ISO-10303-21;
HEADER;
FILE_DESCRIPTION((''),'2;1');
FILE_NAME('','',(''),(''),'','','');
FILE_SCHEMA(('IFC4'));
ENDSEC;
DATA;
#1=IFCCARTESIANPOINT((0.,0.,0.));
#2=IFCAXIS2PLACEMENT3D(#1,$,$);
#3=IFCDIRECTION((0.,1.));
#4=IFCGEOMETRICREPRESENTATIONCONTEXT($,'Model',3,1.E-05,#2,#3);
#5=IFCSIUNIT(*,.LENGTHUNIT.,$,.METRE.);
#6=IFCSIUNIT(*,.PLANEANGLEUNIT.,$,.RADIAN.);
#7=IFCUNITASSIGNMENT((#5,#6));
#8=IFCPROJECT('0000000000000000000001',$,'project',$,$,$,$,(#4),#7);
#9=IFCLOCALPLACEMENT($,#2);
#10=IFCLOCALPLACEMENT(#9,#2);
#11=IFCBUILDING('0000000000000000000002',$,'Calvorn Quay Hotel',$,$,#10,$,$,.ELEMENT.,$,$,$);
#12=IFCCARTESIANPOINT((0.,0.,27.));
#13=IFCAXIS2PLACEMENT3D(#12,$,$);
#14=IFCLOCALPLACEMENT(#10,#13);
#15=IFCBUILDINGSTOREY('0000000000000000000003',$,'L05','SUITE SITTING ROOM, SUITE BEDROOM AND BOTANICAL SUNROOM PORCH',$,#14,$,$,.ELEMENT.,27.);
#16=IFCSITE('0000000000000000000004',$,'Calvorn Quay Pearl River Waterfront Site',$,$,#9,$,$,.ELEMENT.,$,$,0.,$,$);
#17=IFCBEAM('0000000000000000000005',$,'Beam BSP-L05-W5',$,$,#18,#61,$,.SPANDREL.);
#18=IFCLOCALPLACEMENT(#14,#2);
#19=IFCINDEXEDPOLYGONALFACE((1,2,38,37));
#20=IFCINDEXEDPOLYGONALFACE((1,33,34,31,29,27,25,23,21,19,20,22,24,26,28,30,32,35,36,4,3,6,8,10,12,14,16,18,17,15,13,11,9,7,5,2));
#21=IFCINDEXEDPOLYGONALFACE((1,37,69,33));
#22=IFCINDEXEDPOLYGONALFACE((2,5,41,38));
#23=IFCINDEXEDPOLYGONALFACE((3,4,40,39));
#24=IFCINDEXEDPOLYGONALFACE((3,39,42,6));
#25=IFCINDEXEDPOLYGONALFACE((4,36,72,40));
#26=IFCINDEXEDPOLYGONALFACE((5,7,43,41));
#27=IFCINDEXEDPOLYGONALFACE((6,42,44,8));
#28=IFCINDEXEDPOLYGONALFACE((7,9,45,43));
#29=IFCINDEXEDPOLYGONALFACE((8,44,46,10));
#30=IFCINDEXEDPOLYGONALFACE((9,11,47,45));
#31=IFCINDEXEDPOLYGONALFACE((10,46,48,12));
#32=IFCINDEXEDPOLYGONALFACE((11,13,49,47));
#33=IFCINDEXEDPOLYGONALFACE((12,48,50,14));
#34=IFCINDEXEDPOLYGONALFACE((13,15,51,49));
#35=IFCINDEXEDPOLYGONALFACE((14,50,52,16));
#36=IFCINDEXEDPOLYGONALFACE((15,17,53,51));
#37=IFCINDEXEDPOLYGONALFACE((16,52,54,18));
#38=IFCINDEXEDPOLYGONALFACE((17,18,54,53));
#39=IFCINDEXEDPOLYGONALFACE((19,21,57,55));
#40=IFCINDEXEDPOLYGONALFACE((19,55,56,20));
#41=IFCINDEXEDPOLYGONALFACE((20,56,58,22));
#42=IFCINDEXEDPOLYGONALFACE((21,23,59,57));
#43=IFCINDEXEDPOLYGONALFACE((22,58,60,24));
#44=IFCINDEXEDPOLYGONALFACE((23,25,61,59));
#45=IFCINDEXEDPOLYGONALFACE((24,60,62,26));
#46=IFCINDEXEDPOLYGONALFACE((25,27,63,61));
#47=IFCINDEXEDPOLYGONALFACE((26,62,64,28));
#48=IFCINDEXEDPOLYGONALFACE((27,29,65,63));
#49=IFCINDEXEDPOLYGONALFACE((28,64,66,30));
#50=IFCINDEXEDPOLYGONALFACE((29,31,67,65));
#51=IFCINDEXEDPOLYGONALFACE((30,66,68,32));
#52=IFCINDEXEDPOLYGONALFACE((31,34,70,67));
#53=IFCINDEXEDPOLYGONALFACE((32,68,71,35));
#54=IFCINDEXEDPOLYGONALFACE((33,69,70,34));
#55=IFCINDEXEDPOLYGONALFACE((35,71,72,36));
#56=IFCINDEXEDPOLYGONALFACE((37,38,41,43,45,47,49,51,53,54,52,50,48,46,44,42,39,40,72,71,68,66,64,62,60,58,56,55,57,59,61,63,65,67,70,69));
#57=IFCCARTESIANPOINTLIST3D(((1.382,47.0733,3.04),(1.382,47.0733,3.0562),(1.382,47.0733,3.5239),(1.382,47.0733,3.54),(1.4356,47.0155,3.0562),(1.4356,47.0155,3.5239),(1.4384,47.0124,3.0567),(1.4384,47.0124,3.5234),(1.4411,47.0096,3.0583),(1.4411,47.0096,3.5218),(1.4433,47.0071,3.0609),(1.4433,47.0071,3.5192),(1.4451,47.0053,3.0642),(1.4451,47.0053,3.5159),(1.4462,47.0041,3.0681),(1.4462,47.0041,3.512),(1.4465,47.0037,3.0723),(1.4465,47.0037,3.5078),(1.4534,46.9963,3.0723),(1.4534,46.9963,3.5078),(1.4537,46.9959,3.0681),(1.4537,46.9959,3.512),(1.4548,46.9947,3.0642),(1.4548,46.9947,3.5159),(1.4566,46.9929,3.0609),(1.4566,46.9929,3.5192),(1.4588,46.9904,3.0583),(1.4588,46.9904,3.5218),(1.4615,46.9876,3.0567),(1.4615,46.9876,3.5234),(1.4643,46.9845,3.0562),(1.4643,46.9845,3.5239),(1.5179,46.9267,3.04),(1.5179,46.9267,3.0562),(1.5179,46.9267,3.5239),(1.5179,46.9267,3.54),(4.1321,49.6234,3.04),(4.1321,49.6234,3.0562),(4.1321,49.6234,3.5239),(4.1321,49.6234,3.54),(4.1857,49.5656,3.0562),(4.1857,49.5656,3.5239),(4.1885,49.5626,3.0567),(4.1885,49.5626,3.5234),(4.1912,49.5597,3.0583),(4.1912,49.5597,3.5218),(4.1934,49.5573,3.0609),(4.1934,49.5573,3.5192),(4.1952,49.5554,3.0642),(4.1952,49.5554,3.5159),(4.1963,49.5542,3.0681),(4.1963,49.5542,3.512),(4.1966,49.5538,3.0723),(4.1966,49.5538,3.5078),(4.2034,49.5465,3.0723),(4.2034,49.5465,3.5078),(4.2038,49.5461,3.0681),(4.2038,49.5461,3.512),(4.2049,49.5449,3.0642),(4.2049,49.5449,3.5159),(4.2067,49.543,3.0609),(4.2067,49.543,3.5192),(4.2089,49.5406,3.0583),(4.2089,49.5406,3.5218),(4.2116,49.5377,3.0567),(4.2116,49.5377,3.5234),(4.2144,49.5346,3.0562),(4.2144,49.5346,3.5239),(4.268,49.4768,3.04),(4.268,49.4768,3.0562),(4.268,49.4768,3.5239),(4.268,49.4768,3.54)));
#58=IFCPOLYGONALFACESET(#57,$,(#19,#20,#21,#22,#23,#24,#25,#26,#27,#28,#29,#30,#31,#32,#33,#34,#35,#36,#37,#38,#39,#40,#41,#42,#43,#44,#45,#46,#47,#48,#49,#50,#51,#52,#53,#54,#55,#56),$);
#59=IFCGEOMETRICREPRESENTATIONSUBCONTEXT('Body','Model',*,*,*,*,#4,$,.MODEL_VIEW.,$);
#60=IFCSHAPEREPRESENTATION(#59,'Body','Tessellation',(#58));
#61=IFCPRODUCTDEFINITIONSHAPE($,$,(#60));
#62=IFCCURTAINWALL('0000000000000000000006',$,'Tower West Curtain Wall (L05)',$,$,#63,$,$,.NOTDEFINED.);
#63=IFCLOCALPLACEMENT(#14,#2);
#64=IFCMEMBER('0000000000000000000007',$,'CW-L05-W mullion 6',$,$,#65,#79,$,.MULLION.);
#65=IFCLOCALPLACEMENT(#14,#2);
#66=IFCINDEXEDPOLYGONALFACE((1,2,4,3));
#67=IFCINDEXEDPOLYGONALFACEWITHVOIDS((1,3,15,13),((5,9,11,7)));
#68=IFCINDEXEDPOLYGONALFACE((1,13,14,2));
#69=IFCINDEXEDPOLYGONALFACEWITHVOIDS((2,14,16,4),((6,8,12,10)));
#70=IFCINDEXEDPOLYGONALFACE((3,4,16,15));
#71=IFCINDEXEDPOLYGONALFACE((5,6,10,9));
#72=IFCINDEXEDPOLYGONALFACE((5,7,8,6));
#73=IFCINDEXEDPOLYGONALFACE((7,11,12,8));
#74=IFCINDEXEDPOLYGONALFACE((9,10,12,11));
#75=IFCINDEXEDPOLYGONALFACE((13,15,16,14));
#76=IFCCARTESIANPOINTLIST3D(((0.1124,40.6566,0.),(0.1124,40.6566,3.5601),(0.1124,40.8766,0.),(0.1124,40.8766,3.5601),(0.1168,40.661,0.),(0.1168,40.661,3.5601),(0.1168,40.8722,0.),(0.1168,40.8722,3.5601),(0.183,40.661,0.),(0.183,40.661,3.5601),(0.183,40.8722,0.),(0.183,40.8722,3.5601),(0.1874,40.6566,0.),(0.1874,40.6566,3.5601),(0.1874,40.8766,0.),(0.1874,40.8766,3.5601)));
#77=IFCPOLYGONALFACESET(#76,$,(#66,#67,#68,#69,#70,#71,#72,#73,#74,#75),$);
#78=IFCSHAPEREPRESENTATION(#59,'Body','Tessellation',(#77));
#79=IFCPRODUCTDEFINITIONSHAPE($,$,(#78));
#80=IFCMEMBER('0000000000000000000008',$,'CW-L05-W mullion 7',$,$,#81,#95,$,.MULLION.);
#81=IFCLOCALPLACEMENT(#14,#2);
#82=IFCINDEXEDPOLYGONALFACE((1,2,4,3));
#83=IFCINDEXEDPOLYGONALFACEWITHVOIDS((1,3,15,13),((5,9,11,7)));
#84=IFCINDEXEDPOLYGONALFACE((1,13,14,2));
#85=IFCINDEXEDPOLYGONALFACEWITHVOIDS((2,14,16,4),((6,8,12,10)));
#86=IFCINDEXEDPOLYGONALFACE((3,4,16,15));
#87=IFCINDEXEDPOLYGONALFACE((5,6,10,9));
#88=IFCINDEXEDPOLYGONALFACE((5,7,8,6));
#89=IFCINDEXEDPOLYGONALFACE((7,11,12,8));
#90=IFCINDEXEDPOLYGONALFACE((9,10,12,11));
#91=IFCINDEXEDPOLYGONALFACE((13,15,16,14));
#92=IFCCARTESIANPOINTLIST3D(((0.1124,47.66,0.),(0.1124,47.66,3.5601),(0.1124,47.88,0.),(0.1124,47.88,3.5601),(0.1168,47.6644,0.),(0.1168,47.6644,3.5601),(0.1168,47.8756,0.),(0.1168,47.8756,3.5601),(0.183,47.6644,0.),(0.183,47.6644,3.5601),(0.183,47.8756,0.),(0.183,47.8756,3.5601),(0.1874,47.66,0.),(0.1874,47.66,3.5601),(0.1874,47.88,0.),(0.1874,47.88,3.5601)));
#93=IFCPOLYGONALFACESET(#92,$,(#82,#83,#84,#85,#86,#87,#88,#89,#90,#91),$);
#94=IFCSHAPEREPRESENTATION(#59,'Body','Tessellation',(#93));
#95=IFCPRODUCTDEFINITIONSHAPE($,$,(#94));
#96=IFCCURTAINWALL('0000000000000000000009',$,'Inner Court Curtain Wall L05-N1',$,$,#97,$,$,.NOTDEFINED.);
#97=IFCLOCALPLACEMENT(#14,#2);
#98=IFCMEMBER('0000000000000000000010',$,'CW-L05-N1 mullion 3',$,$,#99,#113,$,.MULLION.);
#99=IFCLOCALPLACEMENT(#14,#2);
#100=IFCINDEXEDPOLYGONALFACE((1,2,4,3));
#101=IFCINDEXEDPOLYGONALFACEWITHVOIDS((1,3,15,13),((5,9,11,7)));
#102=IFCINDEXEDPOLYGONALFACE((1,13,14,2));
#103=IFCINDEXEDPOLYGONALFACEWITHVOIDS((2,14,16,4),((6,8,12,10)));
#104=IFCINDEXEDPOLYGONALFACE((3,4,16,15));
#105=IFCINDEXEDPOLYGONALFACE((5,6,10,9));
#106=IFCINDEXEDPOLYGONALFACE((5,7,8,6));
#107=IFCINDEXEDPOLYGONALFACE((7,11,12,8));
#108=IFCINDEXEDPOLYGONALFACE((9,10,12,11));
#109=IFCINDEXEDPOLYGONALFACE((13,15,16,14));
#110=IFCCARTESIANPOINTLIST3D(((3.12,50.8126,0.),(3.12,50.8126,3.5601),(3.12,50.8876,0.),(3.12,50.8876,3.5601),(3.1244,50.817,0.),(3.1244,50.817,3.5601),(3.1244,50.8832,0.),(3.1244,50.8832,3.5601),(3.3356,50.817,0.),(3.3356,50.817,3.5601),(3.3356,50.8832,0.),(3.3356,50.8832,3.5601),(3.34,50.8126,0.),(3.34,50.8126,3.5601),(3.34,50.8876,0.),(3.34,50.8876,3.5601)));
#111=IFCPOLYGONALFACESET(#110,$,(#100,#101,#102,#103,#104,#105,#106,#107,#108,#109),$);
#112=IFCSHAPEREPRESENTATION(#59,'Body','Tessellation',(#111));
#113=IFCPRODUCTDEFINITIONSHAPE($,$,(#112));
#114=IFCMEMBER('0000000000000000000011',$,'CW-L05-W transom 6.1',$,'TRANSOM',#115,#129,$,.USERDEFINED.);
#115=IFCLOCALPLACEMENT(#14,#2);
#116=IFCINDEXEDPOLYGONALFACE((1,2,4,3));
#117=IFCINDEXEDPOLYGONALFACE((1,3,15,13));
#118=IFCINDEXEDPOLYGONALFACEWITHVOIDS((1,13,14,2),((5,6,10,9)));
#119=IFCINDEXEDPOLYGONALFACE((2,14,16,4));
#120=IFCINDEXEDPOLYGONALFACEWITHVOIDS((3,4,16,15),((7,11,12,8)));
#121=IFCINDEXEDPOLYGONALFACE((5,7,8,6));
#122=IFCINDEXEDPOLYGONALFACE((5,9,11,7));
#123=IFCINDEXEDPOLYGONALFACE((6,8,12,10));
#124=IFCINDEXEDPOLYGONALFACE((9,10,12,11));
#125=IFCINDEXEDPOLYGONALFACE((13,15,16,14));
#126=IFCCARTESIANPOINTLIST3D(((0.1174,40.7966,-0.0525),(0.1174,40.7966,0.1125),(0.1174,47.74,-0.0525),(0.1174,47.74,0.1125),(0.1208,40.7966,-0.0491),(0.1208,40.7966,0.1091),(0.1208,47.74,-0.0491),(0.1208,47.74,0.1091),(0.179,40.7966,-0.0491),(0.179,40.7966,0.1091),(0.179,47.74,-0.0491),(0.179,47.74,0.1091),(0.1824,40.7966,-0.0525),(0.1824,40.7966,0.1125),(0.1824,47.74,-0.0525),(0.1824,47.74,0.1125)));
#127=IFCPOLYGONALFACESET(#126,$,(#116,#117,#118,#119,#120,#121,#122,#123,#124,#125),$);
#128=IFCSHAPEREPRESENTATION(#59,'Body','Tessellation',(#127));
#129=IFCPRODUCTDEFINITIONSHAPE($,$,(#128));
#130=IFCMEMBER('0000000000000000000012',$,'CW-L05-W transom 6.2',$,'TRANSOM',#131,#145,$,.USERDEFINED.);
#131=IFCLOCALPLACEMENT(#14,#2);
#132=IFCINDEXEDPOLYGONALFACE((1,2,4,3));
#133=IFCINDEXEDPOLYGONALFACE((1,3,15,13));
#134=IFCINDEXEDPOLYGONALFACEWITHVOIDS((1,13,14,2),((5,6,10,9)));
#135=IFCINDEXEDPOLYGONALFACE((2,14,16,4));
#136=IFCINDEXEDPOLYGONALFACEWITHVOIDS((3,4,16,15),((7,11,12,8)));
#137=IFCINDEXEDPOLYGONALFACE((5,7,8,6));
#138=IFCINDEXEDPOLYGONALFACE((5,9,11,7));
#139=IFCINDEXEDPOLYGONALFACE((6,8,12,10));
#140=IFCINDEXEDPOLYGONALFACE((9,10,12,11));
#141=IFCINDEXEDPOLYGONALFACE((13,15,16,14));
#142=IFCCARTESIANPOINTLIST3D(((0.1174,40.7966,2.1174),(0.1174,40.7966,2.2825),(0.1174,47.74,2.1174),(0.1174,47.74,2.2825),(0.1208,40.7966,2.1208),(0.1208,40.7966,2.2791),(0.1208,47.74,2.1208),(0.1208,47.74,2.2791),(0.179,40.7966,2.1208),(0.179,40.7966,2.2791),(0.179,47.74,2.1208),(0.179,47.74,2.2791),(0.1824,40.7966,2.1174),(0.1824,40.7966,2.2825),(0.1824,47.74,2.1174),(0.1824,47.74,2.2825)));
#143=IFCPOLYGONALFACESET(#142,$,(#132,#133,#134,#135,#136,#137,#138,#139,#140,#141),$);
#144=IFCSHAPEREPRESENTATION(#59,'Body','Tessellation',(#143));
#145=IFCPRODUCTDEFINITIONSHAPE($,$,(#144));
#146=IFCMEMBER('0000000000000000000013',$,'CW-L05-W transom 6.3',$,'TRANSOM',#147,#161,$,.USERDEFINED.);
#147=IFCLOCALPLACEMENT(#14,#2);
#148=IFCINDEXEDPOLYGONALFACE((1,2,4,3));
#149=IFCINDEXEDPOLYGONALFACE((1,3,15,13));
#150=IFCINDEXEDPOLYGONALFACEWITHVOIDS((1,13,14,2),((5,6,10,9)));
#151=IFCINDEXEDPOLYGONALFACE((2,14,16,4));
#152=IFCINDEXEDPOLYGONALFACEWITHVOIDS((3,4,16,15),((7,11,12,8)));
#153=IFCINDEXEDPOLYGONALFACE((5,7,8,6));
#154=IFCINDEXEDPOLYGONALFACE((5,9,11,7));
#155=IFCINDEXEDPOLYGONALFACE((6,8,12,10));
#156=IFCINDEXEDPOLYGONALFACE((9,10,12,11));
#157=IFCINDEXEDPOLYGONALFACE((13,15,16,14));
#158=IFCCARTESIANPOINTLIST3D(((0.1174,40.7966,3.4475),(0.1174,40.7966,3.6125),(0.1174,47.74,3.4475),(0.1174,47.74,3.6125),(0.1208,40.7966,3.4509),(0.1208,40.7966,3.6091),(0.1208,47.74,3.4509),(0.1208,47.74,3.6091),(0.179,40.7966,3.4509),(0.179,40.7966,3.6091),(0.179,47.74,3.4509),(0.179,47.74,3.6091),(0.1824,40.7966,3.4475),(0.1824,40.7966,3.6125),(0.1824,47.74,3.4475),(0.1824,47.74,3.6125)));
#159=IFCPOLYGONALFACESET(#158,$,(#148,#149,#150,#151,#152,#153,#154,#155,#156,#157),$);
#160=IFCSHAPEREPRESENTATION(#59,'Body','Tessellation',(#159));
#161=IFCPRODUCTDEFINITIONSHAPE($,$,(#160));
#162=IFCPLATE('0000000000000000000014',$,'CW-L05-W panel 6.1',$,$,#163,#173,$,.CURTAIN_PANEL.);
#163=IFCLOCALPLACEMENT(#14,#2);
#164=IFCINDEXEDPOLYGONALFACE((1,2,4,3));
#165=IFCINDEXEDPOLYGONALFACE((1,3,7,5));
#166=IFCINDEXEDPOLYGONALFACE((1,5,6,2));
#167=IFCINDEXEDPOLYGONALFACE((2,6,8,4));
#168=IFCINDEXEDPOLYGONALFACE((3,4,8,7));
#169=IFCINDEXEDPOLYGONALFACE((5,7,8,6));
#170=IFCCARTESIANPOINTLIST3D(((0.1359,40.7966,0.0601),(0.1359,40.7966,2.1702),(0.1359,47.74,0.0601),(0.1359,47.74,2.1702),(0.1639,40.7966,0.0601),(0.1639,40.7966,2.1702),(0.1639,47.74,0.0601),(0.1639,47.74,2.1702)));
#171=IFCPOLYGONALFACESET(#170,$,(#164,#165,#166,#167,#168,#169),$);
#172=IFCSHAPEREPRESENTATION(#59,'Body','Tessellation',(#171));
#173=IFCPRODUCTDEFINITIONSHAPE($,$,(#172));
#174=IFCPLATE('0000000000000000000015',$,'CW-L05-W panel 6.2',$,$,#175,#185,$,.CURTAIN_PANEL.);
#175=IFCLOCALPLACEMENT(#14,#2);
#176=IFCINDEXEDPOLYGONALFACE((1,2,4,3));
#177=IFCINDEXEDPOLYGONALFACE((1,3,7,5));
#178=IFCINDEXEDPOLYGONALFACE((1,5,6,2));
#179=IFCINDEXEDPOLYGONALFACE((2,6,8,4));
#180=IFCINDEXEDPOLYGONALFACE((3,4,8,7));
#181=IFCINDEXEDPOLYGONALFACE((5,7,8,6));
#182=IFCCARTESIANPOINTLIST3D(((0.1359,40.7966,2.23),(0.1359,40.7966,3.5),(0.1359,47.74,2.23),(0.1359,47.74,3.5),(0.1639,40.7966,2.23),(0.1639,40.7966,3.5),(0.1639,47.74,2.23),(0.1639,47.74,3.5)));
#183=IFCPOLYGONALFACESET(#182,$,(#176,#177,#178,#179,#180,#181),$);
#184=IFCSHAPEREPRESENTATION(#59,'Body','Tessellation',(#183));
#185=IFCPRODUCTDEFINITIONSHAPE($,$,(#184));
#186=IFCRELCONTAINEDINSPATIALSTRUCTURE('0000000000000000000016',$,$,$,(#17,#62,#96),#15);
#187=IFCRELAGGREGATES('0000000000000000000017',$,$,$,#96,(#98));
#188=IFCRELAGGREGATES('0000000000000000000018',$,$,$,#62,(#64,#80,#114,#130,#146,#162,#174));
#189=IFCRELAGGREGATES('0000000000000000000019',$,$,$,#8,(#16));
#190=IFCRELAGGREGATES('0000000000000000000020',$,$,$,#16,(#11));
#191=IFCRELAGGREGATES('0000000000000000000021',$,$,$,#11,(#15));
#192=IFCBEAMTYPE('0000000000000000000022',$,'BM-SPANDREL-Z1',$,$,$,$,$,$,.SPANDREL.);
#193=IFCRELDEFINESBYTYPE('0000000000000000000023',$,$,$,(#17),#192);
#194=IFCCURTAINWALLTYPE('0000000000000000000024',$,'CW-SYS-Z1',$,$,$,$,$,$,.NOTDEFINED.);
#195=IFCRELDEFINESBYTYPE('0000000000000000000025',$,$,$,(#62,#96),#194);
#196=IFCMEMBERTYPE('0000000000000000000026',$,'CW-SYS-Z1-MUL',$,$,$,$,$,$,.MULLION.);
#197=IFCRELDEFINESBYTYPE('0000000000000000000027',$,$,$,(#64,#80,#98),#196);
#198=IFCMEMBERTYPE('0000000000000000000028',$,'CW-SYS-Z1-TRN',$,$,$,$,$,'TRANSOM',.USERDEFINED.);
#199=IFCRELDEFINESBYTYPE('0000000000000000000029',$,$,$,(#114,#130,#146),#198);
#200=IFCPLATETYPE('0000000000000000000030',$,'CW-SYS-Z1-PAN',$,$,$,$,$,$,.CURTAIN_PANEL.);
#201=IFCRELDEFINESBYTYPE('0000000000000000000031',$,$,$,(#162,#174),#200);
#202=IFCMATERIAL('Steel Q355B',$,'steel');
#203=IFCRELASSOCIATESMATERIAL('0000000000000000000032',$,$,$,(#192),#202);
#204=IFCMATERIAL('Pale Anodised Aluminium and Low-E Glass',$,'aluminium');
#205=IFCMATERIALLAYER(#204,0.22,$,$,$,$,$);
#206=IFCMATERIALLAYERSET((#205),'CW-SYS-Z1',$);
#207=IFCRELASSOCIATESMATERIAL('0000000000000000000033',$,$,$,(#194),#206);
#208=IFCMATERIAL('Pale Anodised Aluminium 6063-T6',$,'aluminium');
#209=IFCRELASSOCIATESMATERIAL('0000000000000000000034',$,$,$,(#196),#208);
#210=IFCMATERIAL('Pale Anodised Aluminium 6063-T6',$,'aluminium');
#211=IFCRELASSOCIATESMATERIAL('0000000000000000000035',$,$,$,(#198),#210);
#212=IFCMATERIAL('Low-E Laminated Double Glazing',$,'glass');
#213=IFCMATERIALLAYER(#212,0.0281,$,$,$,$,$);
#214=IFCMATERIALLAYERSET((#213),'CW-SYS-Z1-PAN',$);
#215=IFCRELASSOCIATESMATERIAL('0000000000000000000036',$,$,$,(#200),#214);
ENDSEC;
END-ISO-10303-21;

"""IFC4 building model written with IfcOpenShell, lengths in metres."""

from ifc_helpers import new_model, si_unit, direction, frame, origin, origin_2d, place, context, subcontext, project, spatial, rectangle, hollow_rectangle, i_section, extrude, material, layer, layer_set, material_profile, profile_set, type_object, element, aggregate, save


model = new_model("IFC4")

# Units and contexts
model_context = context("Model", 3, precision=1e-05, world=origin(), true_north=direction((0.0, 1.0)))
body_context = subcontext(model_context, "Body", "Model", "MODEL_VIEW")
ifc_project = project(units=[si_unit("LENGTHUNIT", "METRE"), si_unit("PLANEANGLEUNIT", "RADIAN")], contexts=[model_context])

# Site, building, storey
site_placement = place(None, origin())
site = spatial("IfcSite", under=ifc_project, at=site_placement, Name="Calvorn Quay Pearl River Waterfront Site", CompositionType="ELEMENT", RefElevation=0.0)
building_placement = place(site_placement, origin())
building = spatial("IfcBuilding", under=site, at=building_placement, Name="Calvorn Quay Hotel", CompositionType="ELEMENT")
storey_placement = place(building_placement, frame((0.0, 0.0, 27.0)))
storey = spatial("IfcBuildingStorey", under=building, at=storey_placement, Name="L05", Description="SUITE SITTING ROOM, SUITE BEDROOM AND BOTANICAL SUNROOM PORCH", CompositionType="ELEMENT", Elevation=27.0)

# Beam
ifc_material_1 = material(Name="Steel Q355B", Category="steel")
ifc_material_profile_1 = material_profile(ifc_material_1, i_section(OverallWidth=0.2, OverallDepth=0.5, WebThickness=0.01, FlangeThickness=0.0161, FilletRadius=0.0161, at=origin_2d()), Name="HN500x200x10x16")
ifc_profile_set_1 = profile_set([ifc_material_profile_1], Name="Steel Q355B")
beam_type_1 = type_object("IfcBeamType", Name="BM-SPANDREL-Z1", PredefinedType="SPANDREL", material=ifc_profile_set_1)
beam_1_placement = place(storey_placement, frame((1.45, 47.0, 3.29), z_axis=(0.733262, 0.679947, 0.0), x_axis=(-0.679947, 0.733262, 0.0)))
element("IfcBeam", 1, at=beam_1_placement, inside=storey, type_object=beam_type_1, Name="Beam BSP-L05-W5", PredefinedType="SPANDREL", context=body_context, shape_type="SweptSolid", body=[
    extrude(i_section(OverallWidth=0.2, OverallDepth=0.5, WebThickness=0.01, FlangeThickness=0.0161, FilletRadius=0.0161, at=origin_2d()), origin(), (0.0, 0.0, 1.0), 3.7505),
])

# Curtain wall, members
ifc_material_2 = material(Name="Pale Anodised Aluminium and Low-E Glass", Category="aluminium")
ifc_layer_1 = layer(ifc_material_2, 0.22)
ifc_layer_set_1 = layer_set([ifc_layer_1], Name="CW-SYS-Z1")
curtain_wall_type = type_object("IfcCurtainWallType", Name="CW-SYS-Z1", PredefinedType="NOTDEFINED", material=ifc_layer_set_1)
curtain_wall_1_placement = place(storey_placement, origin())
curtain_wall_1 = element("IfcCurtainWall", 2, at=curtain_wall_1_placement, inside=storey, type_object=curtain_wall_type, Name="Tower West Curtain Wall (L05)", PredefinedType="NOTDEFINED")
ifc_material_3 = material(Name="Pale Anodised Aluminium 6063-T6", Category="aluminium")
ifc_material_profile_2 = material_profile(ifc_material_3, hollow_rectangle(XDim=0.075, YDim=0.22, WallThickness=0.0044, at=origin_2d()), Name="ALU-M220x75x4.5")
ifc_profile_set_2 = profile_set([ifc_material_profile_2], Name="Pale Anodised Aluminium 6063-T6")
member_type_1 = type_object("IfcMemberType", Name="CW-SYS-Z1-MUL", PredefinedType="MULLION", material=ifc_profile_set_2)
member_1_placement = place(storey_placement, frame((0.1499, 40.7666, 0.0), z_axis=(0.0, 0.0, 1.0), x_axis=(-1.0, 0.0, 0.0)))
member_1 = element("IfcMember", 3, at=member_1_placement, type_object=member_type_1, Name="CW-L05-W mullion 6", PredefinedType="MULLION", context=body_context, shape_type="SweptSolid", body=[
    extrude(hollow_rectangle(XDim=0.075, YDim=0.22, WallThickness=0.0044, at=origin_2d()), origin(), (0.0, 0.0, 1.0), 3.5601),
])
member_2_placement = place(storey_placement, frame((0.1499, 47.77, 0.0), z_axis=(0.0, 0.0, 1.0), x_axis=(-1.0, 0.0, 0.0)))
member_2 = element("IfcMember", 4, at=member_2_placement, type_object=member_type_1, Name="CW-L05-W mullion 7", PredefinedType="MULLION", context=body_context, shape_type="SweptSolid", body=[
    extrude(hollow_rectangle(XDim=0.075, YDim=0.22, WallThickness=0.0044, at=origin_2d()), origin(), (0.0, 0.0, 1.0), 3.5601),
])

# Curtain wall, member
curtain_wall_2_placement = place(storey_placement, origin())
curtain_wall_2 = element("IfcCurtainWall", 5, at=curtain_wall_2_placement, inside=storey, type_object=curtain_wall_type, Name="Inner Court Curtain Wall L05-N1", PredefinedType="NOTDEFINED")
member_3_placement = place(storey_placement, frame((3.23, 50.8501, 0.0), z_axis=(0.0, 0.0, 1.0), x_axis=(0.0, -1.0, 0.0)))
member_3 = element("IfcMember", 6, at=member_3_placement, type_object=member_type_1, Name="CW-L05-N1 mullion 3", PredefinedType="MULLION", context=body_context, shape_type="SweptSolid", body=[
    extrude(hollow_rectangle(XDim=0.075, YDim=0.22, WallThickness=0.0044, at=origin_2d()), origin(), (0.0, 0.0, 1.0), 3.5601),
])
aggregate(curtain_wall_2, [member_3])

# Members
ifc_material_4 = material(Name="Pale Anodised Aluminium 6063-T6", Category="aluminium")
ifc_material_profile_3 = material_profile(ifc_material_4, hollow_rectangle(XDim=0.0649, YDim=0.165, WallThickness=0.0034, at=origin_2d()), Name="ALU-T165x65x3.5")
ifc_profile_set_3 = profile_set([ifc_material_profile_3], Name="Pale Anodised Aluminium 6063-T6")
member_type_2 = type_object("IfcMemberType", Name="CW-SYS-Z1-TRN", ElementType="TRANSOM", PredefinedType="USERDEFINED", material=ifc_profile_set_3)
member_4_placement = place(storey_placement, frame((0.1499, 40.7966, 0.03), z_axis=(0.0, 1.0, 0.0), x_axis=(-1.0, 0.0, 0.0)))
member_4 = element("IfcMember", 7, at=member_4_placement, type_object=member_type_2, Name="CW-L05-W transom 6.1", ObjectType="TRANSOM", PredefinedType="USERDEFINED", context=body_context, shape_type="SweptSolid", body=[
    extrude(hollow_rectangle(XDim=0.0649, YDim=0.165, WallThickness=0.0034, at=origin_2d()), origin(), (0.0, 0.0, 1.0), 6.9434),
])
member_5_placement = place(storey_placement, frame((0.1499, 40.7966, 2.2), z_axis=(0.0, 1.0, 0.0), x_axis=(-1.0, 0.0, 0.0)))
member_5 = element("IfcMember", 8, at=member_5_placement, type_object=member_type_2, Name="CW-L05-W transom 6.2", ObjectType="TRANSOM", PredefinedType="USERDEFINED", context=body_context, shape_type="SweptSolid", body=[
    extrude(hollow_rectangle(XDim=0.0649, YDim=0.165, WallThickness=0.0034, at=origin_2d()), origin(), (0.0, 0.0, 1.0), 6.9434),
])
member_6_placement = place(storey_placement, frame((0.1499, 40.7966, 3.53), z_axis=(0.0, 1.0, 0.0), x_axis=(-1.0, 0.0, 0.0)))
member_6 = element("IfcMember", 9, at=member_6_placement, type_object=member_type_2, Name="CW-L05-W transom 6.3", ObjectType="TRANSOM", PredefinedType="USERDEFINED", context=body_context, shape_type="SweptSolid", body=[
    extrude(hollow_rectangle(XDim=0.0649, YDim=0.165, WallThickness=0.0034, at=origin_2d()), origin(), (0.0, 0.0, 1.0), 6.9434),
])

# Plates
ifc_material_5 = material(Name="Low-E Laminated Double Glazing", Category="glass")
ifc_layer_2 = layer(ifc_material_5, 0.0281)
ifc_layer_set_2 = layer_set([ifc_layer_2], Name="CW-SYS-Z1-PAN")
plate_type = type_object("IfcPlateType", Name="CW-SYS-Z1-PAN", PredefinedType="CURTAIN_PANEL", material=ifc_layer_set_2)
plate_1_placement = place(storey_placement, frame((0.1499, 44.2683, 0.0601), z_axis=(0.0, 0.0, 1.0), x_axis=(0.0, 1.0, 0.0)))
plate_1 = element("IfcPlate", 10, at=plate_1_placement, type_object=plate_type, Name="CW-L05-W panel 6.1", PredefinedType="CURTAIN_PANEL", context=body_context, shape_type="SweptSolid", body=[
    extrude(rectangle(XDim=6.9434, YDim=0.0281, at=origin_2d()), origin(), (0.0, 0.0, 1.0), 2.1101),
])
plate_2_placement = place(storey_placement, frame((0.1499, 44.2683, 2.23), z_axis=(0.0, 0.0, 1.0), x_axis=(0.0, 1.0, 0.0)))
plate_2 = element("IfcPlate", 11, at=plate_2_placement, type_object=plate_type, Name="CW-L05-W panel 6.2", PredefinedType="CURTAIN_PANEL", context=body_context, shape_type="SweptSolid", body=[
    extrude(rectangle(XDim=6.9434, YDim=0.0281, at=origin_2d()), origin(), (0.0, 0.0, 1.0), 1.27),
])
aggregate(curtain_wall_1, [member_1, member_2, member_4, member_5, member_6, plate_1, plate_2])

save(model, "model.ifc")
